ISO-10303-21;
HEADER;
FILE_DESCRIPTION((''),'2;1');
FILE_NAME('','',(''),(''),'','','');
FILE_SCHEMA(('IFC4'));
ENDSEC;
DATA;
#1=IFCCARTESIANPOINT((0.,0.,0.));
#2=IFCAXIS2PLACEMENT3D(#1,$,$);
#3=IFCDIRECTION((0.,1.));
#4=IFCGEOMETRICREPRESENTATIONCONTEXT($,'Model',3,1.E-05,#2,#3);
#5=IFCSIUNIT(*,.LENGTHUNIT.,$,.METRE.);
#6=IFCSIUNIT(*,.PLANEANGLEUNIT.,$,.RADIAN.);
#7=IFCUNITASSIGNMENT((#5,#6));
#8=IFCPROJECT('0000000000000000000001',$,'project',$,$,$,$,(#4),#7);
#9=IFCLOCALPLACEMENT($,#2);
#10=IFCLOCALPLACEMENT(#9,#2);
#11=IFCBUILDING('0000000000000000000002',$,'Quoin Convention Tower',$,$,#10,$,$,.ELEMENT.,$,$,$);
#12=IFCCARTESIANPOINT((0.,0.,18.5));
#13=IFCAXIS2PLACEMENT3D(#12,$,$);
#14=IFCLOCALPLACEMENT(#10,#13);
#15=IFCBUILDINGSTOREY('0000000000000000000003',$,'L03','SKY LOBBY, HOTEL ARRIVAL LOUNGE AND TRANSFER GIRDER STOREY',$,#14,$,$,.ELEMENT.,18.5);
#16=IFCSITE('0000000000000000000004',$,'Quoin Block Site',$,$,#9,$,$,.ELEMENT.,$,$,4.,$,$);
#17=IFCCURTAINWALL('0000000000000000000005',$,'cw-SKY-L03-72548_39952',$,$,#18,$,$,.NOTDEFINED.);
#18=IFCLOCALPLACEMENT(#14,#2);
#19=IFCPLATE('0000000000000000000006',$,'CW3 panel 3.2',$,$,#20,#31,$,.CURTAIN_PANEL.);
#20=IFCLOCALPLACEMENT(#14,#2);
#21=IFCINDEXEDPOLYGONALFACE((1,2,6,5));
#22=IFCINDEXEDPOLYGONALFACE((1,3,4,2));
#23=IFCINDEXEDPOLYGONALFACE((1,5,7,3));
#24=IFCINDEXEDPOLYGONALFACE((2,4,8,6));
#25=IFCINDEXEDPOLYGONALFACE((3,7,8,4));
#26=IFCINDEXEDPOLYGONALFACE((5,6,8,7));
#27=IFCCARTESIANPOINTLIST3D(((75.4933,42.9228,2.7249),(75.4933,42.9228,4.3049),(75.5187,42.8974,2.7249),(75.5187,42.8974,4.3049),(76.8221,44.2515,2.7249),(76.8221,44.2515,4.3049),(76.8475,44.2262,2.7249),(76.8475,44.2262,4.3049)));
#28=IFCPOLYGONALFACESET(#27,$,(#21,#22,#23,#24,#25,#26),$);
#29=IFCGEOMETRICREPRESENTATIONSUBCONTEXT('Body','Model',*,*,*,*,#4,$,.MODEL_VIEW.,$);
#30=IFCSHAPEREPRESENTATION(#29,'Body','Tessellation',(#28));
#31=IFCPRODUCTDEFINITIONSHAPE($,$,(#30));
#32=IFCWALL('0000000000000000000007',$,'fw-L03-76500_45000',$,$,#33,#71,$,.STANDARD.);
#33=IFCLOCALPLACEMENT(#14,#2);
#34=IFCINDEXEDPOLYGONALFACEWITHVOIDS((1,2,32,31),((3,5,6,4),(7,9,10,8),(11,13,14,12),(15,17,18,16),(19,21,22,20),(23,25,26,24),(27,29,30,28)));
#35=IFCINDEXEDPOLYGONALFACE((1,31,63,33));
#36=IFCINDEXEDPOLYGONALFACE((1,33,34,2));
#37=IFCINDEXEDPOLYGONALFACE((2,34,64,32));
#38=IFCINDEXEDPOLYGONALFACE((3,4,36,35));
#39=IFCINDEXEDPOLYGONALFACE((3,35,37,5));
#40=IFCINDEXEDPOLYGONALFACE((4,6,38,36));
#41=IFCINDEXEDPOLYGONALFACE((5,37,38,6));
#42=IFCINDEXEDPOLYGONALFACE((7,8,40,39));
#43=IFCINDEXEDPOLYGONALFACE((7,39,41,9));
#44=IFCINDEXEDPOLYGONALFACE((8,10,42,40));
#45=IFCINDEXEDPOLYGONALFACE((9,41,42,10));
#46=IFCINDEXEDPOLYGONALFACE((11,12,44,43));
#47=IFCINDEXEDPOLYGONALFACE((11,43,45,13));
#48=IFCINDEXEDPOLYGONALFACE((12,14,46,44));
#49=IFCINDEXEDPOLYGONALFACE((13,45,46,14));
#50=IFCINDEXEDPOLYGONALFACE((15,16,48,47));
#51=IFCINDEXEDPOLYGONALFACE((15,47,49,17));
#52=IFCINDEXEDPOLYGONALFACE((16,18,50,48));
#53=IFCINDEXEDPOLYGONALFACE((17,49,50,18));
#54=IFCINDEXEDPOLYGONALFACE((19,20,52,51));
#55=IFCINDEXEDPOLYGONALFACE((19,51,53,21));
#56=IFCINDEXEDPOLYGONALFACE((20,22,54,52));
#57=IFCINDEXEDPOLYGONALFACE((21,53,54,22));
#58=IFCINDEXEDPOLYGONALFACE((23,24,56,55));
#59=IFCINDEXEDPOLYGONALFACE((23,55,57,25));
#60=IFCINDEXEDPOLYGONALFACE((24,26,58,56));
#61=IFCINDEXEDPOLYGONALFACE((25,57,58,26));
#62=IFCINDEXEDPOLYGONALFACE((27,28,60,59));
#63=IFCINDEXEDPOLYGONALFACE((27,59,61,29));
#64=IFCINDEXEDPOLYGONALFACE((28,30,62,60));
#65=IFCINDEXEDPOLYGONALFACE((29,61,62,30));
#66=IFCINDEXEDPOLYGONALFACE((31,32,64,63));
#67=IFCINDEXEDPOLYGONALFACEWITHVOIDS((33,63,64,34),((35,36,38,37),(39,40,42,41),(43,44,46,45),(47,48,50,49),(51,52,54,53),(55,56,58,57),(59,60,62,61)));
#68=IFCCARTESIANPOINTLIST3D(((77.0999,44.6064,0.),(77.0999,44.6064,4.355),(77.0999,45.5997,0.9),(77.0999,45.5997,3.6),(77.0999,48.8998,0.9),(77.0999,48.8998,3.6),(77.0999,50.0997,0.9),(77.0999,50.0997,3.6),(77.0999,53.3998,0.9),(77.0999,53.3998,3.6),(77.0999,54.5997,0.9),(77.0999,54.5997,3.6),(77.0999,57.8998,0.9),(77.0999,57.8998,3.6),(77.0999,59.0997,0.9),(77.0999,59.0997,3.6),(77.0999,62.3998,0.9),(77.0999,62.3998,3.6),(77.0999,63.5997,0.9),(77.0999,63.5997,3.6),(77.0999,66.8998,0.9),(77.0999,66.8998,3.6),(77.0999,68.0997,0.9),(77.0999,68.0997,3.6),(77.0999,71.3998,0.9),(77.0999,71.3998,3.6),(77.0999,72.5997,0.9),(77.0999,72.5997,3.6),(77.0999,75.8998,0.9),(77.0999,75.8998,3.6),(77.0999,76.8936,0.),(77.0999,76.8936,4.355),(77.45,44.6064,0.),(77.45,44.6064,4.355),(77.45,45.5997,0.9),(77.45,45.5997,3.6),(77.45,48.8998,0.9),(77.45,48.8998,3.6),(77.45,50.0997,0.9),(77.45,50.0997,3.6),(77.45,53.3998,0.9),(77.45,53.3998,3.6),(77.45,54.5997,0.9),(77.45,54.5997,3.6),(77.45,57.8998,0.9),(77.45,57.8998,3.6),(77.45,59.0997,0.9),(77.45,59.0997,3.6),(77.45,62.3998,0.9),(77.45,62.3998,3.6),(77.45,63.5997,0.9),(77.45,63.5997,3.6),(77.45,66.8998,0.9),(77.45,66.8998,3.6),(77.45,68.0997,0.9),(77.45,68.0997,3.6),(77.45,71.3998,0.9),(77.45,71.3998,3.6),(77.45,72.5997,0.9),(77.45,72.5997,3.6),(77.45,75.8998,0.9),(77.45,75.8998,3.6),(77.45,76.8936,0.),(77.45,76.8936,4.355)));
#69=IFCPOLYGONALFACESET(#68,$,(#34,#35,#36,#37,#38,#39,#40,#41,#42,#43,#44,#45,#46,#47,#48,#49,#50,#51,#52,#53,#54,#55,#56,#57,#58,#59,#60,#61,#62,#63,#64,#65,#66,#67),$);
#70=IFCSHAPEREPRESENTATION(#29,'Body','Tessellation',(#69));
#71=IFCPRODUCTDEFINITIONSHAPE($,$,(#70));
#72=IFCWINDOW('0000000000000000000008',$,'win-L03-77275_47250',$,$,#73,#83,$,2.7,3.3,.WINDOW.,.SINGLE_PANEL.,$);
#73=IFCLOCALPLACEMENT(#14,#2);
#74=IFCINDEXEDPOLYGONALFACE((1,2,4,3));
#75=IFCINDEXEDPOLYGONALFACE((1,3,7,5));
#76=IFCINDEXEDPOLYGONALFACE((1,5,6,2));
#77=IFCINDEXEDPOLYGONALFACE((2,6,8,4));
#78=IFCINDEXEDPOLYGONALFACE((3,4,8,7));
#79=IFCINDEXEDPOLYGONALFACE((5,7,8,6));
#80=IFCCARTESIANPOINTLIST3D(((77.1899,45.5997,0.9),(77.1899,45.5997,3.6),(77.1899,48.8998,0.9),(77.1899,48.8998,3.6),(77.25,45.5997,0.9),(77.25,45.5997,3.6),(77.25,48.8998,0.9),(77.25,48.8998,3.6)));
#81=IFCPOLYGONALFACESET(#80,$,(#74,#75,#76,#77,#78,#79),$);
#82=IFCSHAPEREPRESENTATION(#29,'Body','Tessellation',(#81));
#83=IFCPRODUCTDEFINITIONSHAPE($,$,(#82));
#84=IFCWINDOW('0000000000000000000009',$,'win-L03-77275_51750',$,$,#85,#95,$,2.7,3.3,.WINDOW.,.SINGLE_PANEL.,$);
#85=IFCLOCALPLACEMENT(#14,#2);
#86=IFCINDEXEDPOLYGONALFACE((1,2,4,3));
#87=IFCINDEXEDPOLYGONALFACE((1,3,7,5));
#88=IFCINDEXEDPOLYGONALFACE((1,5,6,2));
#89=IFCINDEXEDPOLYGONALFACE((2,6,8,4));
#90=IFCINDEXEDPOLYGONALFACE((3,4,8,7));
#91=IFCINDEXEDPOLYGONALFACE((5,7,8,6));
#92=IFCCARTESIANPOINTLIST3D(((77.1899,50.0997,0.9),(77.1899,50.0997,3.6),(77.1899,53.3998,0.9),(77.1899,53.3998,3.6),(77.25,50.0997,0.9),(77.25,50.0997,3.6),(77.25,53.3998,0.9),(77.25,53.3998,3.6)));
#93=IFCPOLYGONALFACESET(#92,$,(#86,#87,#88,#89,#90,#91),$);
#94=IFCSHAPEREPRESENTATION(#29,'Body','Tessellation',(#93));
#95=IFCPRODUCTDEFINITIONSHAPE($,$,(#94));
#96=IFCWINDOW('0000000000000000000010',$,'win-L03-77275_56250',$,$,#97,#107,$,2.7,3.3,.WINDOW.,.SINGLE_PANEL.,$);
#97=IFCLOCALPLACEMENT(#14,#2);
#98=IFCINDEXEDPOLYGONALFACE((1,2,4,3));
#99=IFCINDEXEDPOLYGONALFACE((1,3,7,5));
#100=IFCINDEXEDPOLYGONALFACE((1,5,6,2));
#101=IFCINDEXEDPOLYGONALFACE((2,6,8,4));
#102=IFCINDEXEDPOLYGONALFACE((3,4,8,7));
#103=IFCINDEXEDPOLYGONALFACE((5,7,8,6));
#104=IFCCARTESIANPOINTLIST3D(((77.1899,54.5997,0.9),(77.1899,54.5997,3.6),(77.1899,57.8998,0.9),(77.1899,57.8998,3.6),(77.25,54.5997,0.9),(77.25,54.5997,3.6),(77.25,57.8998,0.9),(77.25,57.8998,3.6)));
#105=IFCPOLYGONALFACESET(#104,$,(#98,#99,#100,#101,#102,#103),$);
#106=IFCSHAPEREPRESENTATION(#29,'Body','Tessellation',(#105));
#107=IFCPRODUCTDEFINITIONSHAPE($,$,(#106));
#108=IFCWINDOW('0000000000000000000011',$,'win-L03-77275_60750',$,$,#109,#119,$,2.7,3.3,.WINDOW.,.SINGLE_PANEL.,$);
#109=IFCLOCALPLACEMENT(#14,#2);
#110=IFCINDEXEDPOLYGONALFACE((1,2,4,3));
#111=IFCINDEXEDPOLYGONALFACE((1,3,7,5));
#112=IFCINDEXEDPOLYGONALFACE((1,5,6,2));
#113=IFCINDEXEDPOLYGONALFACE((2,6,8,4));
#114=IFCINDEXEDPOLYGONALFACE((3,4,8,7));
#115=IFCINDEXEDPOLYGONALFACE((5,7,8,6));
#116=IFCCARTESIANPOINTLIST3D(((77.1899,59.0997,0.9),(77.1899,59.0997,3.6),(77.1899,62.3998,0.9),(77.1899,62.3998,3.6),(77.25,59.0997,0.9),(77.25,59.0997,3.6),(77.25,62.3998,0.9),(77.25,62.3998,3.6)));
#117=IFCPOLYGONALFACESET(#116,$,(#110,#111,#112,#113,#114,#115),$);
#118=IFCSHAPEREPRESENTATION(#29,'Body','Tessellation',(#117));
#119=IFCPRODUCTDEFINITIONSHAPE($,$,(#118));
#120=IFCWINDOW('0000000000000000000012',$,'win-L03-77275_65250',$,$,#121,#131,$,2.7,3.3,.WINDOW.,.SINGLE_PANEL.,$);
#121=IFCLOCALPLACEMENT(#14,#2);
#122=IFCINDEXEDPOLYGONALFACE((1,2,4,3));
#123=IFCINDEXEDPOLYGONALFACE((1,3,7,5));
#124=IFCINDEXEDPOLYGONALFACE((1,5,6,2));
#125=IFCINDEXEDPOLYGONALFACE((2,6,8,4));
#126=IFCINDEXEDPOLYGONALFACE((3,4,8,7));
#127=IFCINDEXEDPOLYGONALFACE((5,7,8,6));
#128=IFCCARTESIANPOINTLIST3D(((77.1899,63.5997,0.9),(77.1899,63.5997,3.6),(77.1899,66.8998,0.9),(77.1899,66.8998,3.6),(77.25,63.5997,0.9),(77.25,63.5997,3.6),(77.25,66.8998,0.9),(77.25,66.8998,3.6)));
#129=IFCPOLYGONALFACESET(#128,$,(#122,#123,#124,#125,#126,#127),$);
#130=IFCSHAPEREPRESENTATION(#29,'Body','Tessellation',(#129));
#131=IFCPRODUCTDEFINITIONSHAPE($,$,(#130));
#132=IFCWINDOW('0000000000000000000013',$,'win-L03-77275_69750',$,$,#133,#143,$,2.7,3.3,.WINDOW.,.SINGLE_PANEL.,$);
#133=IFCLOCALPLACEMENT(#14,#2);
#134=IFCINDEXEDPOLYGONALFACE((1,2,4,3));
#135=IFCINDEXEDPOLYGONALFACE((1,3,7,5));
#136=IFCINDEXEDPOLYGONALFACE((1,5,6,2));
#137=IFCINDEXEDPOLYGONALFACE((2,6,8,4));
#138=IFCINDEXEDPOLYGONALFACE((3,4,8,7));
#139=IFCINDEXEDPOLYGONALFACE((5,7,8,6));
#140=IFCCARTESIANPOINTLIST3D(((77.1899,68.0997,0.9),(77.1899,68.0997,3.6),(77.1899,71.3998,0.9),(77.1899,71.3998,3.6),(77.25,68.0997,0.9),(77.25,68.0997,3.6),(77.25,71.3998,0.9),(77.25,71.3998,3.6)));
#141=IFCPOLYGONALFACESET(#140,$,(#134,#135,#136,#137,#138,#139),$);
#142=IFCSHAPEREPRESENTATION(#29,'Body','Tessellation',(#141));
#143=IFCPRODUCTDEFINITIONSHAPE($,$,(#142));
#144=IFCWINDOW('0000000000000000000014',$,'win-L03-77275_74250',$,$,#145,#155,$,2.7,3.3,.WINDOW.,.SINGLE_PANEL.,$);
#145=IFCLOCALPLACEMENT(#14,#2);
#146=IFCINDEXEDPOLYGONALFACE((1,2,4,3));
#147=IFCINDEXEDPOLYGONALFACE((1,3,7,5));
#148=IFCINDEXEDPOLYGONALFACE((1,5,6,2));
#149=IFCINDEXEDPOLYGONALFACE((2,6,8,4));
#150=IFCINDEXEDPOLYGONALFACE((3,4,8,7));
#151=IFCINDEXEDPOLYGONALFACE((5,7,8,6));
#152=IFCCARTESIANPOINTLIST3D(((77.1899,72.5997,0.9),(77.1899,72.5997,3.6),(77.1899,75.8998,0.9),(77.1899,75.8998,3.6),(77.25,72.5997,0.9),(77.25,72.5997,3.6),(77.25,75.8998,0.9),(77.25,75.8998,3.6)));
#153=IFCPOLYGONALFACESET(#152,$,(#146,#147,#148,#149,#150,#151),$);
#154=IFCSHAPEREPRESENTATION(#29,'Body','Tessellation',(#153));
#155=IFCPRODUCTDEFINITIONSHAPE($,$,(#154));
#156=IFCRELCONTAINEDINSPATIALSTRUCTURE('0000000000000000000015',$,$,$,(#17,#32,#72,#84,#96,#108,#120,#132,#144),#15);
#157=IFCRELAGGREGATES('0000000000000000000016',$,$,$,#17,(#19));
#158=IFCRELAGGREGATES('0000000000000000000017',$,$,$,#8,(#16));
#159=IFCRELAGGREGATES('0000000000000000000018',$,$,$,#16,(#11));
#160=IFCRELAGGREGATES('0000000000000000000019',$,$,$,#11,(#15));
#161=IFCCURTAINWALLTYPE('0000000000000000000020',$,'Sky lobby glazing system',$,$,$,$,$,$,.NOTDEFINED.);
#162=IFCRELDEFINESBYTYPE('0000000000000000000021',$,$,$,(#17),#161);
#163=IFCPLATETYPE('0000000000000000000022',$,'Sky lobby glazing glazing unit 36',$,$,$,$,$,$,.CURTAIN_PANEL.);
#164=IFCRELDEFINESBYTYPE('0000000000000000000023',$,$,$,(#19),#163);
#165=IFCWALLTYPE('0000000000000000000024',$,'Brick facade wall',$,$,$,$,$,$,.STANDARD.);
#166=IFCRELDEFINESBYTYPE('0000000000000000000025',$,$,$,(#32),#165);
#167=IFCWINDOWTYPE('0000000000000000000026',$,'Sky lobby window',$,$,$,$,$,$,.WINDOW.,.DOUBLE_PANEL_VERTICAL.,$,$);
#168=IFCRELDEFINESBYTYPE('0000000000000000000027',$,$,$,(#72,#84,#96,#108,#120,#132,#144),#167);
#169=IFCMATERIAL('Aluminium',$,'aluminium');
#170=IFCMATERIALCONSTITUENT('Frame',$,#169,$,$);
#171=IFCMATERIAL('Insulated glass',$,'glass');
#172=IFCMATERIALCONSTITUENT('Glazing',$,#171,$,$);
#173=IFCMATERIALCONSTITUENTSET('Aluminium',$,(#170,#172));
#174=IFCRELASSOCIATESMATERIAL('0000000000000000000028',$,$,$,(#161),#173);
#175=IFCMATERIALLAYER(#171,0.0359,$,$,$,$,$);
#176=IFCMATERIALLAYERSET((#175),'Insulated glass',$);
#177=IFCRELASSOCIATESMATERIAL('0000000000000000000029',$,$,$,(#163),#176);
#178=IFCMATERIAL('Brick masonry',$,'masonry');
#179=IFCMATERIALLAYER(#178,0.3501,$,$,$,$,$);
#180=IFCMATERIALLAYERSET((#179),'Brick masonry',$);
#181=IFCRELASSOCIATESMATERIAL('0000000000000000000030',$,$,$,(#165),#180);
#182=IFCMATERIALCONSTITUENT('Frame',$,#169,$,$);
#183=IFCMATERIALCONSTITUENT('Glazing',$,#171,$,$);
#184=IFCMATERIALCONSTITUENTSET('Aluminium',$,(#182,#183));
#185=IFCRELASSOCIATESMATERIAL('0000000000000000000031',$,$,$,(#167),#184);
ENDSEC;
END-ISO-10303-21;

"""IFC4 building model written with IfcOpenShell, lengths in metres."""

from ifc_helpers import new_model, si_unit, direction, frame, frame_2d, origin, origin_2d, place, context, subcontext, project, spatial, rectangle, extrude, material, layer, layer_set, constituent, constituent_set, type_object, element, fill, aggregate, save


model = new_model("IFC4")

# Units and contexts
model_context = context("Model", 3, precision=1e-05, world=origin(), true_north=direction((0.0, 1.0)))
body_context = subcontext(model_context, "Body", "Model", "MODEL_VIEW")
ifc_project = project(units=[si_unit("LENGTHUNIT", "METRE"), si_unit("PLANEANGLEUNIT", "RADIAN")], contexts=[model_context])

# Site, building, storey
site_placement = place(None, origin())
site = spatial("IfcSite", under=ifc_project, at=site_placement, Name="Quoin Block Site", CompositionType="ELEMENT", RefElevation=4.0)
building_placement = place(site_placement, origin())
building = spatial("IfcBuilding", under=site, at=building_placement, Name="Quoin Convention Tower", CompositionType="ELEMENT")
storey_placement = place(building_placement, frame((0.0, 0.0, 18.5)))
storey = spatial("IfcBuildingStorey", under=building, at=storey_placement, Name="L03", Description="SKY LOBBY, HOTEL ARRIVAL LOUNGE AND TRANSFER GIRDER STOREY", CompositionType="ELEMENT", Elevation=18.5)

# Curtain wall, plate
ifc_material_1 = material(Name="Aluminium", Category="aluminium")
ifc_constituent_1 = constituent(ifc_material_1, Name="Frame")
ifc_material_2 = material(Name="Insulated glass", Category="glass")
ifc_constituent_2 = constituent(ifc_material_2, Name="Glazing")
ifc_constituent_set_1 = constituent_set(constituents=[ifc_constituent_1, ifc_constituent_2], Name="Aluminium")
curtain_wall_type = type_object("IfcCurtainWallType", Name="Sky lobby glazing system", PredefinedType="NOTDEFINED", material=ifc_constituent_set_1)
curtain_wall_placement = place(storey_placement, origin())
curtain_wall = element("IfcCurtainWall", 1, at=curtain_wall_placement, inside=storey, type_object=curtain_wall_type, Name="cw-SKY-L03-72548_39952", PredefinedType="NOTDEFINED")
ifc_layer_1 = layer(ifc_material_2, 0.0359)
ifc_layer_set_1 = layer_set([ifc_layer_1], Name="Insulated glass")
plate_type = type_object("IfcPlateType", Name="Sky lobby glazing glazing unit 36", PredefinedType="CURTAIN_PANEL", material=ifc_layer_set_1)
plate_placement = place(storey_placement, frame((76.1704, 43.5745, 2.7249), z_axis=(0.0, 0.0, 1.0), x_axis=(0.707107, 0.707107, 0.0)))
plate = element("IfcPlate", 2, at=plate_placement, type_object=plate_type, Name="CW3 panel 3.2", PredefinedType="CURTAIN_PANEL", context=body_context, shape_type="SweptSolid", body=[
    extrude(rectangle(XDim=1.8792, YDim=0.0359, at=origin_2d()), origin(), (0.0, 0.0, 1.0), 1.5801),
])
aggregate(curtain_wall, [plate])

# Wall, openings, windows
ifc_material_3 = material(Name="Brick masonry", Category="masonry")
ifc_layer_2 = layer(ifc_material_3, 0.3501)
ifc_layer_set_2 = layer_set([ifc_layer_2], Name="Brick masonry")
wall_type_1 = type_object("IfcWallType", Name="Brick facade wall", PredefinedType="STANDARD", material=ifc_layer_set_2)
wall_1_placement = place(storey_placement, frame((77.2749, 44.6064, 0.0), z_axis=(0.0, 0.0, 1.0), x_axis=(0.0, 1.0, 0.0)))
wall_1 = element("IfcWall", 3, at=wall_1_placement, inside=storey, type_object=wall_type_1, Name="fw-L03-76500_45000", PredefinedType="STANDARD", context=body_context, shape_type="SweptSolid", body=[
    extrude(rectangle(XDim=32.2871, YDim=0.3501, at=frame_2d((16.1436, 0.0))), origin(), (0.0, 0.0, 1.0), 4.355),
])
opening_1_placement = place(wall_1_placement, frame((0.9934, 0.0, 0.8999)))
opening_1 = element("IfcOpeningElement", 4, at=opening_1_placement, cuts=wall_1, PredefinedType="OPENING", context=body_context, shape_type="SweptSolid", body=[
    extrude(rectangle(XDim=3.3, YDim=2.7, at=frame_2d((1.6499, 1.3501))), frame((0.0, 0.1851, 0.0), z_axis=(0.0, -1.0, 0.0), x_axis=(1.0, 0.0, 0.0)), (0.0, 0.0, 1.0), 0.3701),
])
opening_2_placement = place(wall_1_placement, frame((5.4934, 0.0, 0.8999)))
opening_2 = element("IfcOpeningElement", 5, at=opening_2_placement, cuts=wall_1, PredefinedType="OPENING", context=body_context, shape_type="SweptSolid", body=[
    extrude(rectangle(XDim=3.3, YDim=2.7, at=frame_2d((1.6499, 1.3501))), frame((0.0, 0.1851, 0.0), z_axis=(0.0, -1.0, 0.0), x_axis=(1.0, 0.0, 0.0)), (0.0, 0.0, 1.0), 0.3701),
])
opening_3_placement = place(wall_1_placement, frame((9.9934, 0.0, 0.8999)))
opening_3 = element("IfcOpeningElement", 6, at=opening_3_placement, cuts=wall_1, PredefinedType="OPENING", context=body_context, shape_type="SweptSolid", body=[
    extrude(rectangle(XDim=3.3, YDim=2.7, at=frame_2d((1.6499, 1.3501))), frame((0.0, 0.1851, 0.0), z_axis=(0.0, -1.0, 0.0), x_axis=(1.0, 0.0, 0.0)), (0.0, 0.0, 1.0), 0.3701),
])
opening_4_placement = place(wall_1_placement, frame((14.4934, 0.0, 0.8999)))
opening_4 = element("IfcOpeningElement", 7, at=opening_4_placement, cuts=wall_1, PredefinedType="OPENING", context=body_context, shape_type="SweptSolid", body=[
    extrude(rectangle(XDim=3.3, YDim=2.7, at=frame_2d((1.6499, 1.3501))), frame((0.0, 0.1851, 0.0), z_axis=(0.0, -1.0, 0.0), x_axis=(1.0, 0.0, 0.0)), (0.0, 0.0, 1.0), 0.3701),
])
opening_5_placement = place(wall_1_placement, frame((18.9934, 0.0, 0.8999)))
opening_5 = element("IfcOpeningElement", 8, at=opening_5_placement, cuts=wall_1, PredefinedType="OPENING", context=body_context, shape_type="SweptSolid", body=[
    extrude(rectangle(XDim=3.3, YDim=2.7, at=frame_2d((1.6499, 1.3501))), frame((0.0, 0.1851, 0.0), z_axis=(0.0, -1.0, 0.0), x_axis=(1.0, 0.0, 0.0)), (0.0, 0.0, 1.0), 0.3701),
])
opening_6_placement = place(wall_1_placement, frame((23.4934, 0.0, 0.8999)))
opening_6 = element("IfcOpeningElement", 9, at=opening_6_placement, cuts=wall_1, PredefinedType="OPENING", context=body_context, shape_type="SweptSolid", body=[
    extrude(rectangle(XDim=3.3, YDim=2.7, at=frame_2d((1.6499, 1.3501))), frame((0.0, 0.1851, 0.0), z_axis=(0.0, -1.0, 0.0), x_axis=(1.0, 0.0, 0.0)), (0.0, 0.0, 1.0), 0.3701),
])
opening_7_placement = place(wall_1_placement, frame((27.9934, 0.0, 0.8999)))
opening_7 = element("IfcOpeningElement", 10, at=opening_7_placement, cuts=wall_1, PredefinedType="OPENING", context=body_context, shape_type="SweptSolid", body=[
    extrude(rectangle(XDim=3.3, YDim=2.7, at=frame_2d((1.6499, 1.3501))), frame((0.0, 0.1851, 0.0), z_axis=(0.0, -1.0, 0.0), x_axis=(1.0, 0.0, 0.0)), (0.0, 0.0, 1.0), 0.3701),
])
ifc_constituent_3 = constituent(ifc_material_1, Name="Frame")
ifc_constituent_4 = constituent(ifc_material_2, Name="Glazing")
ifc_constituent_set_2 = constituent_set(constituents=[ifc_constituent_3, ifc_constituent_4], Name="Aluminium")
window_type = type_object("IfcWindowType", Name="Sky lobby window", PartitioningType="DOUBLE_PANEL_VERTICAL", PredefinedType="WINDOW", material=ifc_constituent_set_2)
window_1_placement = place(opening_1_placement, origin())
window_1 = element("IfcWindow", 11, at=window_1_placement, inside=storey, type_object=window_type, Name="win-L03-77275_47250", OverallHeight=2.7, OverallWidth=3.3, PartitioningType="SINGLE_PANEL", PredefinedType="WINDOW", context=body_context, shape_type="SweptSolid", body=[
    extrude(rectangle(XDim=3.3, YDim=2.7, at=frame_2d((1.6499, 1.3501))), frame((0.0, 0.085, 0.0), z_axis=(0.0, -1.0, 0.0), x_axis=(1.0, 0.0, 0.0)), (0.0, 0.0, 1.0), 0.0601),
])
fill(opening_1, window_1)
window_2_placement = place(opening_2_placement, origin())
window_2 = element("IfcWindow", 12, at=window_2_placement, inside=storey, type_object=window_type, Name="win-L03-77275_51750", OverallHeight=2.7, OverallWidth=3.3, PartitioningType="SINGLE_PANEL", PredefinedType="WINDOW", context=body_context, shape_type="SweptSolid", body=[
    extrude(rectangle(XDim=3.3, YDim=2.7, at=frame_2d((1.6499, 1.3501))), frame((0.0, 0.085, 0.0), z_axis=(0.0, -1.0, 0.0), x_axis=(1.0, 0.0, 0.0)), (0.0, 0.0, 1.0), 0.0601),
])
fill(opening_2, window_2)
window_3_placement = place(opening_3_placement, origin())
window_3 = element("IfcWindow", 13, at=window_3_placement, inside=storey, type_object=window_type, Name="win-L03-77275_56250", OverallHeight=2.7, OverallWidth=3.3, PartitioningType="SINGLE_PANEL", PredefinedType="WINDOW", context=body_context, shape_type="SweptSolid", body=[
    extrude(rectangle(XDim=3.3, YDim=2.7, at=frame_2d((1.6499, 1.3501))), frame((0.0, 0.085, 0.0), z_axis=(0.0, -1.0, 0.0), x_axis=(1.0, 0.0, 0.0)), (0.0, 0.0, 1.0), 0.0601),
])
fill(opening_3, window_3)
window_4_placement = place(opening_4_placement, origin())
window_4 = element("IfcWindow", 14, at=window_4_placement, inside=storey, type_object=window_type, Name="win-L03-77275_60750", OverallHeight=2.7, OverallWidth=3.3, PartitioningType="SINGLE_PANEL", PredefinedType="WINDOW", context=body_context, shape_type="SweptSolid", body=[
    extrude(rectangle(XDim=3.3, YDim=2.7, at=frame_2d((1.6499, 1.3501))), frame((0.0, 0.085, 0.0), z_axis=(0.0, -1.0, 0.0), x_axis=(1.0, 0.0, 0.0)), (0.0, 0.0, 1.0), 0.0601),
])
fill(opening_4, window_4)
window_5_placement = place(opening_5_placement, origin())
window_5 = element("IfcWindow", 15, at=window_5_placement, inside=storey, type_object=window_type, Name="win-L03-77275_65250", OverallHeight=2.7, OverallWidth=3.3, PartitioningType="SINGLE_PANEL", PredefinedType="WINDOW", context=body_context, shape_type="SweptSolid", body=[
    extrude(rectangle(XDim=3.3, YDim=2.7, at=frame_2d((1.6499, 1.3501))), frame((0.0, 0.085, 0.0), z_axis=(0.0, -1.0, 0.0), x_axis=(1.0, 0.0, 0.0)), (0.0, 0.0, 1.0), 0.0601),
])
fill(opening_5, window_5)
window_6_placement = place(opening_6_placement, origin())
window_6 = element("IfcWindow", 16, at=window_6_placement, inside=storey, type_object=window_type, Name="win-L03-77275_69750", OverallHeight=2.7, OverallWidth=3.3, PartitioningType="SINGLE_PANEL", PredefinedType="WINDOW", context=body_context, shape_type="SweptSolid", body=[
    extrude(rectangle(XDim=3.3, YDim=2.7, at=frame_2d((1.6499, 1.3501))), frame((0.0, 0.085, 0.0), z_axis=(0.0, -1.0, 0.0), x_axis=(1.0, 0.0, 0.0)), (0.0, 0.0, 1.0), 0.0601),
])
fill(opening_6, window_6)
window_7_placement = place(opening_7_placement, origin())
window_7 = element("IfcWindow", 17, at=window_7_placement, inside=storey, type_object=window_type, Name="win-L03-77275_74250", OverallHeight=2.7, OverallWidth=3.3, PartitioningType="SINGLE_PANEL", PredefinedType="WINDOW", context=body_context, shape_type="SweptSolid", body=[
    extrude(rectangle(XDim=3.3, YDim=2.7, at=frame_2d((1.6499, 1.3501))), frame((0.0, 0.085, 0.0), z_axis=(0.0, -1.0, 0.0), x_axis=(1.0, 0.0, 0.0)), (0.0, 0.0, 1.0), 0.0601),
])
fill(opening_7, window_7)

save(model, "model.ifc")
